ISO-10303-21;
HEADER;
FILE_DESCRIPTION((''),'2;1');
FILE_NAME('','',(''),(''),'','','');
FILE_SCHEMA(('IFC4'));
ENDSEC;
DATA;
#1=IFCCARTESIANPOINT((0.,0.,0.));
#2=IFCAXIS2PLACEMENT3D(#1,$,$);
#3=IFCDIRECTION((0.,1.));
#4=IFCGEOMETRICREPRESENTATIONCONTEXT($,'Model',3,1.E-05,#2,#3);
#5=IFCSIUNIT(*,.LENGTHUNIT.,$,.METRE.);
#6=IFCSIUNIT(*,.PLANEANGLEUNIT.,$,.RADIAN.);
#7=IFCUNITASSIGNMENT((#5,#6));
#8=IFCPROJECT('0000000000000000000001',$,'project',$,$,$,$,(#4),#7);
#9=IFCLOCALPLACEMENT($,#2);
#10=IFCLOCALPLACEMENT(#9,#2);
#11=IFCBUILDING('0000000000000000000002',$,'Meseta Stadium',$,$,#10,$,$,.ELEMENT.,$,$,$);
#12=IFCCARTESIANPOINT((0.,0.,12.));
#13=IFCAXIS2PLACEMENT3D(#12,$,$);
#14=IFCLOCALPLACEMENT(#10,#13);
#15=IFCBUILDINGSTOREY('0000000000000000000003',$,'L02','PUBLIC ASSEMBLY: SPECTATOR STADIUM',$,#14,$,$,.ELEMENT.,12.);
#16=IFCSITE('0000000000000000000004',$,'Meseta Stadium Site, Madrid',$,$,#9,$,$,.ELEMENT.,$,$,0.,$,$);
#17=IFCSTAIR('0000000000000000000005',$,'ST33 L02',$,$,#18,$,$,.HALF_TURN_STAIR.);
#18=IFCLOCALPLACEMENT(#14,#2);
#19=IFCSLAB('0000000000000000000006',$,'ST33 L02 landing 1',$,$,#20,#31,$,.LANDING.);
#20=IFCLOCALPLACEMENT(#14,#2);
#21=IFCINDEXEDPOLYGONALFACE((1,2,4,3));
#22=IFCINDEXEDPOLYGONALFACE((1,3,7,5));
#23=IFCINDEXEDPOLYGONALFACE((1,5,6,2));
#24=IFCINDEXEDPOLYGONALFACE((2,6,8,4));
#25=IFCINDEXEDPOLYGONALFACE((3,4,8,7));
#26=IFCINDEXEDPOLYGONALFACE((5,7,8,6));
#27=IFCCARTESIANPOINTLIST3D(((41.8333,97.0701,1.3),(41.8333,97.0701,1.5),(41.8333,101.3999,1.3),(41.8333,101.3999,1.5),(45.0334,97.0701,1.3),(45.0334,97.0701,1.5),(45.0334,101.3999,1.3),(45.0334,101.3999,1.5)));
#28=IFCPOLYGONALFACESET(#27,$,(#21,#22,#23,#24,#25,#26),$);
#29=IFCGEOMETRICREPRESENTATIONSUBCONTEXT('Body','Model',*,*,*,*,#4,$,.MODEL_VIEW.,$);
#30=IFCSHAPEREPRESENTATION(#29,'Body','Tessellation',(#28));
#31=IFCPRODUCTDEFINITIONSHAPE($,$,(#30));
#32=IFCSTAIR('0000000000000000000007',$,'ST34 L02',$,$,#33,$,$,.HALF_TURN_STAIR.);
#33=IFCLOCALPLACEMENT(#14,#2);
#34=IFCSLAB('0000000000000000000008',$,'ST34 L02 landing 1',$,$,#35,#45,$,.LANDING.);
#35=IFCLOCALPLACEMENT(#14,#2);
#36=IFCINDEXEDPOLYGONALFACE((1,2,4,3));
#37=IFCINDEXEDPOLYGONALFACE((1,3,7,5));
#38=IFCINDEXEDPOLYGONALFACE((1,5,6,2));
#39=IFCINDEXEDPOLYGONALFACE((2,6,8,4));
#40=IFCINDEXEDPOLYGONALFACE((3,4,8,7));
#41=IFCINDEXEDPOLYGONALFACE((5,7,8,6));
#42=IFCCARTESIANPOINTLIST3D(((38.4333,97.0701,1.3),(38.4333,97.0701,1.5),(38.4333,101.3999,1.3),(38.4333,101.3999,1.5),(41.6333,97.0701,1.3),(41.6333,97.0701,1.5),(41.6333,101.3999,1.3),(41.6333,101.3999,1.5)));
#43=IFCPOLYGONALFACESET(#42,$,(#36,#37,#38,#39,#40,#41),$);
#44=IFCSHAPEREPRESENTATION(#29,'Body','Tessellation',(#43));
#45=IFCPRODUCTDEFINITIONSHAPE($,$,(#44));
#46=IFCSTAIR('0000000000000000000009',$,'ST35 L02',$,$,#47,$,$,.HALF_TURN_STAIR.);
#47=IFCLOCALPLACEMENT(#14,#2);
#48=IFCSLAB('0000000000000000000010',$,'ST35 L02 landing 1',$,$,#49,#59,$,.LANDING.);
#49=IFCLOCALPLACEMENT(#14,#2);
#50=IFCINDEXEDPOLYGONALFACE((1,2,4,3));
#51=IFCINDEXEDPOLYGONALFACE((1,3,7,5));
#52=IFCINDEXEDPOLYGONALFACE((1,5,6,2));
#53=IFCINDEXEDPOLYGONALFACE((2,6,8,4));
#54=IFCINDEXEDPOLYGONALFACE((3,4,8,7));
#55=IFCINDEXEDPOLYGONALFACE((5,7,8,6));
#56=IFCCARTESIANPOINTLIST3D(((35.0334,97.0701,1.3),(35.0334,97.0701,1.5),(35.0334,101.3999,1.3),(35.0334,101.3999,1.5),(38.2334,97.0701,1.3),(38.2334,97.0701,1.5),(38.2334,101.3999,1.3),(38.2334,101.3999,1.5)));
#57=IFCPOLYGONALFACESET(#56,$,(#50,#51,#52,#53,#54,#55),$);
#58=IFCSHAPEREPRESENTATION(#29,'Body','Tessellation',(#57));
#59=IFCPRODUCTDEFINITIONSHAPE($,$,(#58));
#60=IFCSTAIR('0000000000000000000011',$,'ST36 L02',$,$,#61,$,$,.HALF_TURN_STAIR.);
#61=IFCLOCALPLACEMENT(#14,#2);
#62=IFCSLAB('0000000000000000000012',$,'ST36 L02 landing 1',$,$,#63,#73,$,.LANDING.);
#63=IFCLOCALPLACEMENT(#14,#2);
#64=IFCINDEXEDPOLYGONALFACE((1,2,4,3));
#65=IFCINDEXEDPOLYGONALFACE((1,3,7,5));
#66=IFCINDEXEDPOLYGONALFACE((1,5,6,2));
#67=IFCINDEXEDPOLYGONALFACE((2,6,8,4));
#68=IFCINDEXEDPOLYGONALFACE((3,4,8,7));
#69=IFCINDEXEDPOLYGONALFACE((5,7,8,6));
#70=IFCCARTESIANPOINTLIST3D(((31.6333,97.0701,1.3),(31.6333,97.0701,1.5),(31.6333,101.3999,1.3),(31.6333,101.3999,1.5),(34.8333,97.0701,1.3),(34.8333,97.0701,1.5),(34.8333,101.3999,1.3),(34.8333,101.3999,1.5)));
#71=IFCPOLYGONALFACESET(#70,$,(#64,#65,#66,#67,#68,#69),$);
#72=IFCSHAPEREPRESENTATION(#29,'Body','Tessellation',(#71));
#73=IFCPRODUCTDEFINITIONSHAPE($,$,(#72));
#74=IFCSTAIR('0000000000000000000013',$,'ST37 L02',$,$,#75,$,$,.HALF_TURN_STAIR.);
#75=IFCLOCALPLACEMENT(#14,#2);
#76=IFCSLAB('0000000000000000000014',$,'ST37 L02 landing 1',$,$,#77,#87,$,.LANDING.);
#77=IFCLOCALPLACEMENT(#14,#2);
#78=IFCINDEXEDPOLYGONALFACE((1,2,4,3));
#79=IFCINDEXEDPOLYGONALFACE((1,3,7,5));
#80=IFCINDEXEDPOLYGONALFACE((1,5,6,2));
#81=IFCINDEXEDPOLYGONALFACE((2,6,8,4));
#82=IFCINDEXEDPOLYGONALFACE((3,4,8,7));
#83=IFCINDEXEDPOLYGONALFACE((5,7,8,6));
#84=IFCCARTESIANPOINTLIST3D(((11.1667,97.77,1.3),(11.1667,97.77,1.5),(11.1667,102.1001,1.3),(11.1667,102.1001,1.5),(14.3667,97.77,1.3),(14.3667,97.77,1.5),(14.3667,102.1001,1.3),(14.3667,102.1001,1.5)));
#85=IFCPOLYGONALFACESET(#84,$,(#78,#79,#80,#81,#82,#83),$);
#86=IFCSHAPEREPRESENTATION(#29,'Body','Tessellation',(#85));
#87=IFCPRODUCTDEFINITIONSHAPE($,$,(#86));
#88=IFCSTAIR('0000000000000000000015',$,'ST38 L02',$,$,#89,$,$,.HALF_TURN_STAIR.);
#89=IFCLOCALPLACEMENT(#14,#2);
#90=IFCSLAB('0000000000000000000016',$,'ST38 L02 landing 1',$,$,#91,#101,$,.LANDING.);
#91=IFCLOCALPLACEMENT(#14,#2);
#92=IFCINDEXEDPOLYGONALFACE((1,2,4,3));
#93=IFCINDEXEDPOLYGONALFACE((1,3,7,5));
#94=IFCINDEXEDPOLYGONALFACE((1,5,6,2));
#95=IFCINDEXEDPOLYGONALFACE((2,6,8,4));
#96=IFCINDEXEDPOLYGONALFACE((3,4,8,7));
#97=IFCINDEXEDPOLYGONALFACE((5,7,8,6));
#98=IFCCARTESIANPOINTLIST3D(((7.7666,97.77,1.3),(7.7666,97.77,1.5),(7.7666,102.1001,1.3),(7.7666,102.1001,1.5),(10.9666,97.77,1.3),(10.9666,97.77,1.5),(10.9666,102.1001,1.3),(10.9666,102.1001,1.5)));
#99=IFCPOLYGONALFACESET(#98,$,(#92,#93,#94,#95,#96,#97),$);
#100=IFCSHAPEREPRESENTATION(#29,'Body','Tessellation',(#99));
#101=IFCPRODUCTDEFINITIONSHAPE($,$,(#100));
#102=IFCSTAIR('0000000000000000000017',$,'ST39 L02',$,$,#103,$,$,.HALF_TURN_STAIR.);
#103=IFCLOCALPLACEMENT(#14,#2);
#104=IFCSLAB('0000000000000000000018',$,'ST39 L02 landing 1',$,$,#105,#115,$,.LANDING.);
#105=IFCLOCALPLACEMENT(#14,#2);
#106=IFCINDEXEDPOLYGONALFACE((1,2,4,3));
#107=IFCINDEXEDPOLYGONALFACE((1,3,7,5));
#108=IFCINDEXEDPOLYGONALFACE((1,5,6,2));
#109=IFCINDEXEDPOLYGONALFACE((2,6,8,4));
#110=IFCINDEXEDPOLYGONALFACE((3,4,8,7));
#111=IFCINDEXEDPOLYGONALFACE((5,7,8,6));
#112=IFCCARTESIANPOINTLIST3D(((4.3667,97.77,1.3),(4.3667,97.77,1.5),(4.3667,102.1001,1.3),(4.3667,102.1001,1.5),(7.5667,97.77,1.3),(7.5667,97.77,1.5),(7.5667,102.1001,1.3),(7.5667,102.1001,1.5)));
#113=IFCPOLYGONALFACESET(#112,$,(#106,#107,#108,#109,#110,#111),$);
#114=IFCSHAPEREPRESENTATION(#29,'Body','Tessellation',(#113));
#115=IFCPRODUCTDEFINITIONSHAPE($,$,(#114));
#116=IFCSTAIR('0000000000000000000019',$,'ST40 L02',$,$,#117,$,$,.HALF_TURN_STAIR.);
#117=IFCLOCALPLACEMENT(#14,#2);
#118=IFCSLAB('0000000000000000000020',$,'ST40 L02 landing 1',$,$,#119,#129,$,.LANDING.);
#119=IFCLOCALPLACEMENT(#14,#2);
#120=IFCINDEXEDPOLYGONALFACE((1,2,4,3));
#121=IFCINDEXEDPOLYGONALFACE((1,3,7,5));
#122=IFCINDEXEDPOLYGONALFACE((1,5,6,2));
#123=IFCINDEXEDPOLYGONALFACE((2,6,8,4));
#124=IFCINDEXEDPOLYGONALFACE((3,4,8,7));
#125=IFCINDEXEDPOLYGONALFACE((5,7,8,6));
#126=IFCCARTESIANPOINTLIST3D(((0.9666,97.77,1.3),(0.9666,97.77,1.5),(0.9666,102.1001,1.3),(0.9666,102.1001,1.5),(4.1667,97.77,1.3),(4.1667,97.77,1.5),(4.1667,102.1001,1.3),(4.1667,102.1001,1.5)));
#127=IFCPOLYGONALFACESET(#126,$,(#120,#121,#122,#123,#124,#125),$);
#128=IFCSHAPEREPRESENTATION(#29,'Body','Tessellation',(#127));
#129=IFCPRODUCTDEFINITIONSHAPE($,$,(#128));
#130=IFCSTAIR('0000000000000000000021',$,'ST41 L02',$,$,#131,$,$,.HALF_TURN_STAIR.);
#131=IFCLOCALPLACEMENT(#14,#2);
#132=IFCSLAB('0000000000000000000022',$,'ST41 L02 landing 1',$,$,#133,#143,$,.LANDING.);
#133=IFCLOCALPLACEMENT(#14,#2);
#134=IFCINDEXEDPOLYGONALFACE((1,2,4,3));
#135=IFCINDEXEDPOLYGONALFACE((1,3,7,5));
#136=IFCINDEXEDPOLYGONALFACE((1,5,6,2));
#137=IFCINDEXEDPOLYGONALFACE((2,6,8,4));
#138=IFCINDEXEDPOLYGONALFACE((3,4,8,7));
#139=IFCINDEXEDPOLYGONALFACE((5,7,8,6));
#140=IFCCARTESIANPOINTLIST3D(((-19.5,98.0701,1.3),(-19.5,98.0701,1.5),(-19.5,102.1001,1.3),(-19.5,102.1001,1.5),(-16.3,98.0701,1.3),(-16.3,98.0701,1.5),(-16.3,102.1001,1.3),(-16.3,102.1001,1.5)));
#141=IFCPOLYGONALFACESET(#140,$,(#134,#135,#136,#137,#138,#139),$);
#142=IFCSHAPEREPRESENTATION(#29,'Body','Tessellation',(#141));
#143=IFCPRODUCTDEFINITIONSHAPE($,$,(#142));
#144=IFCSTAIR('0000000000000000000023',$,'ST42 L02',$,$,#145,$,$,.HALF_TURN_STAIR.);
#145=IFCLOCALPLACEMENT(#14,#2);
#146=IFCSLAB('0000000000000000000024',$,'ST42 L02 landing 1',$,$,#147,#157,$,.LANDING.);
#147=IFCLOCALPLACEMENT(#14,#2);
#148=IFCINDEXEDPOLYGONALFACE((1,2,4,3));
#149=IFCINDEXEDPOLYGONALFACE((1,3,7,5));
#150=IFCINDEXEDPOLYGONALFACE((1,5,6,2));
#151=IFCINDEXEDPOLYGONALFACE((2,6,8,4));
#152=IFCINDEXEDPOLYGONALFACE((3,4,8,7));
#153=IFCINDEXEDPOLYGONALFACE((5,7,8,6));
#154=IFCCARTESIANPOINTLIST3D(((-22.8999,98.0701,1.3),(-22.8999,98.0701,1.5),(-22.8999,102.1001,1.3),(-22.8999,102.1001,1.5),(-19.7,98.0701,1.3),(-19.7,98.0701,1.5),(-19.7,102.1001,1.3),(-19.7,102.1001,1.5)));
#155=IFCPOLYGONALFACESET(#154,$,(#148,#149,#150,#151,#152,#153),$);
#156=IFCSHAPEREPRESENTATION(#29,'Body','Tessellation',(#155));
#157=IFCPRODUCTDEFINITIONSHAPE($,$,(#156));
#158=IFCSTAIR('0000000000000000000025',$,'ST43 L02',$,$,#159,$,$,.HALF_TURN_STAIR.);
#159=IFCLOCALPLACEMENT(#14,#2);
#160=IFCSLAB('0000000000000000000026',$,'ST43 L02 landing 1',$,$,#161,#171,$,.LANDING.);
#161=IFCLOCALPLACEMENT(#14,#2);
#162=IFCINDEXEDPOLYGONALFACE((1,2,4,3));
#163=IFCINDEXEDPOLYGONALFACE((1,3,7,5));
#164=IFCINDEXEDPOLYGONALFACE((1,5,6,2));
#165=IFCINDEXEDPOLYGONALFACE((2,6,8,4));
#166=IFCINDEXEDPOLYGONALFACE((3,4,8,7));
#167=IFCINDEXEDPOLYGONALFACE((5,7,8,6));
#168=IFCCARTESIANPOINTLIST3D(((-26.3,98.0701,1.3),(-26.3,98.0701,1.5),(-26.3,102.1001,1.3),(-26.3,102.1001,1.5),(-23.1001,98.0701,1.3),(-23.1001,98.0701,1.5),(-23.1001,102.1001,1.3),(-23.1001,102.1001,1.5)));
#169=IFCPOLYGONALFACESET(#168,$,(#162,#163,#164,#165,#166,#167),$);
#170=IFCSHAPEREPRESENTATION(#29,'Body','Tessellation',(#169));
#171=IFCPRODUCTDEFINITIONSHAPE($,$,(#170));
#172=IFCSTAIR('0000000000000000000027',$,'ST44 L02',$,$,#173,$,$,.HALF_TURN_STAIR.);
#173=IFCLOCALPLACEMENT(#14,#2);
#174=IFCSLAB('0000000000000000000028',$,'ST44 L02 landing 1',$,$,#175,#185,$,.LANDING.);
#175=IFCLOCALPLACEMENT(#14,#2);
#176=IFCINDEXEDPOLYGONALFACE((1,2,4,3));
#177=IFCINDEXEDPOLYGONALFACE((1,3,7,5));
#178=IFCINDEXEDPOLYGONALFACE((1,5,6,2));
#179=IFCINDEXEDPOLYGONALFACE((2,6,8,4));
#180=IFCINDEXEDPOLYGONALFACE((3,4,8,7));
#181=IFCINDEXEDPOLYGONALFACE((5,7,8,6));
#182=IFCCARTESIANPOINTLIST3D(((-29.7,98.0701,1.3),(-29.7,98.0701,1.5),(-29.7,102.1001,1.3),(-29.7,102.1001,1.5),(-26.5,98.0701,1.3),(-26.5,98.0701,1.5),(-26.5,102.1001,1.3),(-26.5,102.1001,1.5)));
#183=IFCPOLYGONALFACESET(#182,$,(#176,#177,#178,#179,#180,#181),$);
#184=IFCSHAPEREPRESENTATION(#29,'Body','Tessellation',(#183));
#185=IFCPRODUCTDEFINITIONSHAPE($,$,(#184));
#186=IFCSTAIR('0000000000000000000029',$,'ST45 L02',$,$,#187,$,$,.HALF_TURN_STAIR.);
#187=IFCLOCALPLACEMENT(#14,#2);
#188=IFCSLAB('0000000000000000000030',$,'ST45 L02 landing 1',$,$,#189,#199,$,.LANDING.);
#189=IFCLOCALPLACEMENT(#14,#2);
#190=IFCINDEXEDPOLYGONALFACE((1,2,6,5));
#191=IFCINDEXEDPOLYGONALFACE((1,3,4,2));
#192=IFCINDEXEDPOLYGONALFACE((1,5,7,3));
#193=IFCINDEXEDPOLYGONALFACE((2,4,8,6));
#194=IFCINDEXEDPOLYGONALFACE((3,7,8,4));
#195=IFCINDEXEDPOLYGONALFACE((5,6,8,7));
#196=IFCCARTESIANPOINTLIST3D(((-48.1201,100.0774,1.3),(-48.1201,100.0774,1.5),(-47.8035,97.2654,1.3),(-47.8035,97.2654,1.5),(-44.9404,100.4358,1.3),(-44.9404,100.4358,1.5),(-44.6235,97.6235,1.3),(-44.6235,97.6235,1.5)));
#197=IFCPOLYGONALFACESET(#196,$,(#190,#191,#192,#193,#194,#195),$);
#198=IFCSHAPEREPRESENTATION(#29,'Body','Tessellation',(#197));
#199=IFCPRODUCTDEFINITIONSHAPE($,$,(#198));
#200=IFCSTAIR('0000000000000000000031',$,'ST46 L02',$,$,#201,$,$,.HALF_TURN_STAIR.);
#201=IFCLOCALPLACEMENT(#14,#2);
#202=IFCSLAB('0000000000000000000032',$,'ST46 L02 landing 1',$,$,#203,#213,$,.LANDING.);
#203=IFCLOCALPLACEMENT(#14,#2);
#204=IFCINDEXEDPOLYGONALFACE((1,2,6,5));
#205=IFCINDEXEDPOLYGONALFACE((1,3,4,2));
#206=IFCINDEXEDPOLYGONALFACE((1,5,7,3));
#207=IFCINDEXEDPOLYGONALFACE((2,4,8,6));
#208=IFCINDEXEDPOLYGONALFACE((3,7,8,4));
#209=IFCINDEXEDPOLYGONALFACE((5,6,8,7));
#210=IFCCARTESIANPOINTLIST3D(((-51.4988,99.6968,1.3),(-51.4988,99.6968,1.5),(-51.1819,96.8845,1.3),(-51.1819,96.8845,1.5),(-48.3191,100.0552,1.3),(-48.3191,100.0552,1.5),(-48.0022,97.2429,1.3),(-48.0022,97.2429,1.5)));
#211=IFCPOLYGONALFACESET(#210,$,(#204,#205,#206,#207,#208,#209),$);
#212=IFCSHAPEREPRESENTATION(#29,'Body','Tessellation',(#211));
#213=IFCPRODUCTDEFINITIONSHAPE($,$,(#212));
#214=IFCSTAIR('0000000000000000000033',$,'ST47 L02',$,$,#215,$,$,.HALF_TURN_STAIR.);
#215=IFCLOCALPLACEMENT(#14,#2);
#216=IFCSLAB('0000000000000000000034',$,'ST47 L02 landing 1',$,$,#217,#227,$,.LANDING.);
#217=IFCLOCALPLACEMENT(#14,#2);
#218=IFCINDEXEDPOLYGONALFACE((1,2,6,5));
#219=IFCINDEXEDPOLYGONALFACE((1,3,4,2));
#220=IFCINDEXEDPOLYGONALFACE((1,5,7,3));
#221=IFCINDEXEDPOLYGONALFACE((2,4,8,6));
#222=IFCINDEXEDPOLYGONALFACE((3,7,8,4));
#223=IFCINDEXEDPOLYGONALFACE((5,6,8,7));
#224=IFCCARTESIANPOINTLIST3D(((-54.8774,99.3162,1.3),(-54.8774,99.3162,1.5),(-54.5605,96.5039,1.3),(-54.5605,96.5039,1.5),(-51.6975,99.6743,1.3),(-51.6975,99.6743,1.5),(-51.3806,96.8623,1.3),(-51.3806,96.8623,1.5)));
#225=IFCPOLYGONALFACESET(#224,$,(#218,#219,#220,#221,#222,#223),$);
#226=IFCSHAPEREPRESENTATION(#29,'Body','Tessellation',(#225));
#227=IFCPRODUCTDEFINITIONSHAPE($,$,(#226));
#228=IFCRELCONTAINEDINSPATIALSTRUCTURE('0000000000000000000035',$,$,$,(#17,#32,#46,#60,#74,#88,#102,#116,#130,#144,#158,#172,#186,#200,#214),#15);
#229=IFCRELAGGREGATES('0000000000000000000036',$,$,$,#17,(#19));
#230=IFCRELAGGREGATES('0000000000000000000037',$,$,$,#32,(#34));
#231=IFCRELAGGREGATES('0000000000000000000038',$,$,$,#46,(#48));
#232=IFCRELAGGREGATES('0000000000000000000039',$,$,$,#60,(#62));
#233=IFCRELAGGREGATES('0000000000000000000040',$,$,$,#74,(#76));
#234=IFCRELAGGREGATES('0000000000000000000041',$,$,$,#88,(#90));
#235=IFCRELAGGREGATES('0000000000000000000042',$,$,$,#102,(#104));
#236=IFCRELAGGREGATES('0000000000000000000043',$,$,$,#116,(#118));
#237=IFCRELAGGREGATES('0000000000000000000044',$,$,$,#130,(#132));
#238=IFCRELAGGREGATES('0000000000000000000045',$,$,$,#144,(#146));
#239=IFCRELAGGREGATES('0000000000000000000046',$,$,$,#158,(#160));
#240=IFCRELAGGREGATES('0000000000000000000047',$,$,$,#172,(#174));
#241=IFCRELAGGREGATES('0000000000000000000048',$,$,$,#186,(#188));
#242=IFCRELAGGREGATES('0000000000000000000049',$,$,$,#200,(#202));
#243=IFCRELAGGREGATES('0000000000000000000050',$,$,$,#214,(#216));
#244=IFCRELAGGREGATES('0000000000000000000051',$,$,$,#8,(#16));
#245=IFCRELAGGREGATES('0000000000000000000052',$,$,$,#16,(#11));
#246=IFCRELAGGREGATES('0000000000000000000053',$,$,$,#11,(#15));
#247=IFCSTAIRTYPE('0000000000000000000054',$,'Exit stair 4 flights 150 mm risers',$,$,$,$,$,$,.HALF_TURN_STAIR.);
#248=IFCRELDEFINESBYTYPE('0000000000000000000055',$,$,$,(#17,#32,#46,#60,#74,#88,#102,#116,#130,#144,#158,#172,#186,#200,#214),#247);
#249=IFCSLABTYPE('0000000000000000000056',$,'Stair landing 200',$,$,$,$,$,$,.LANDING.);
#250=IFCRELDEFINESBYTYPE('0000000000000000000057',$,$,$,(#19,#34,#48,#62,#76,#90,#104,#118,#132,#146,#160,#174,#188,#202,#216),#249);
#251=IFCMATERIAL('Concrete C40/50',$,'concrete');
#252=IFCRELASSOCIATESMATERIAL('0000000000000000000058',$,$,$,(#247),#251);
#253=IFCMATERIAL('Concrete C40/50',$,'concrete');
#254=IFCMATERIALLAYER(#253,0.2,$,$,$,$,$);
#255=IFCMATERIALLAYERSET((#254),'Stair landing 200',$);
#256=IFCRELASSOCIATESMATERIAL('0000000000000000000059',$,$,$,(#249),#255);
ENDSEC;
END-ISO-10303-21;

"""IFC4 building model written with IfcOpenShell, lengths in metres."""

from ifc_helpers import new_model, si_unit, direction, frame, origin, place, context, subcontext, project, spatial, polyline, outline, extrude, material, layer, layer_set, type_object, element, aggregate, save


model = new_model("IFC4")

# Units and contexts
model_context = context("Model", 3, precision=1e-05, world=origin(), true_north=direction((0.0, 1.0)))
body_context = subcontext(model_context, "Body", "Model", "MODEL_VIEW")
ifc_project = project(units=[si_unit("LENGTHUNIT", "METRE"), si_unit("PLANEANGLEUNIT", "RADIAN")], contexts=[model_context])

# Site, building, storey
site_placement = place(None, origin())
site = spatial("IfcSite", under=ifc_project, at=site_placement, Name="Meseta Stadium Site, Madrid", CompositionType="ELEMENT", RefElevation=0.0)
building_placement = place(site_placement, origin())
building = spatial("IfcBuilding", under=site, at=building_placement, Name="Meseta Stadium", CompositionType="ELEMENT")
storey_placement = place(building_placement, frame((0.0, 0.0, 12.0)))
storey = spatial("IfcBuildingStorey", under=building, at=storey_placement, Name="L02", Description="PUBLIC ASSEMBLY: SPECTATOR STADIUM", CompositionType="ELEMENT", Elevation=12.0)

# Stairs, slabs
ifc_material_1 = material(Name="Concrete C40/50", Category="concrete")
stair_type = type_object("IfcStairType", Name="Exit stair 4 flights 150 mm risers", PredefinedType="HALF_TURN_STAIR", material=ifc_material_1)
stair_1_placement = place(storey_placement, origin())
stair_1 = element("IfcStair", 1, at=stair_1_placement, inside=storey, type_object=stair_type, Name="ST33 L02", PredefinedType="HALF_TURN_STAIR")
ifc_material_2 = material(Name="Concrete C40/50", Category="concrete")
ifc_layer = layer(ifc_material_2, 0.2)
ifc_layer_set = layer_set([ifc_layer], Name="Stair landing 200")
slab_type = type_object("IfcSlabType", Name="Stair landing 200", PredefinedType="LANDING", material=ifc_layer_set)
slab_1_placement = place(storey_placement, frame((0.0, 0.0, 1.3)))
slab_1 = element("IfcSlab", 2, at=slab_1_placement, type_object=slab_type, Name="ST33 L02 landing 1", PredefinedType="LANDING", context=body_context, shape_type="SweptSolid", body=[
    extrude(outline(polyline([(45.0334, 97.0701), (45.0334, 101.3999), (41.8333, 101.3999), (41.8333, 97.0701), (45.0334, 97.0701)])), origin(), (0.0, 0.0, 1.0), 0.2),
])
aggregate(stair_1, [slab_1])
stair_2_placement = place(storey_placement, origin())
stair_2 = element("IfcStair", 3, at=stair_2_placement, inside=storey, type_object=stair_type, Name="ST34 L02", PredefinedType="HALF_TURN_STAIR")
slab_2_placement = place(storey_placement, frame((0.0, 0.0, 1.3)))
slab_2 = element("IfcSlab", 4, at=slab_2_placement, type_object=slab_type, Name="ST34 L02 landing 1", PredefinedType="LANDING", context=body_context, shape_type="SweptSolid", body=[
    extrude(outline(polyline([(41.6333, 97.0701), (41.6333, 101.3999), (38.4333, 101.3999), (38.4333, 97.0701), (41.6333, 97.0701)])), origin(), (0.0, 0.0, 1.0), 0.2),
])
aggregate(stair_2, [slab_2])
stair_3_placement = place(storey_placement, origin())
stair_3 = element("IfcStair", 5, at=stair_3_placement, inside=storey, type_object=stair_type, Name="ST35 L02", PredefinedType="HALF_TURN_STAIR")
slab_3_placement = place(storey_placement, frame((0.0, 0.0, 1.3)))
slab_3 = element("IfcSlab", 6, at=slab_3_placement, type_object=slab_type, Name="ST35 L02 landing 1", PredefinedType="LANDING", context=body_context, shape_type="SweptSolid", body=[
    extrude(outline(polyline([(38.2334, 97.0701), (38.2334, 101.3999), (35.0334, 101.3999), (35.0334, 97.0701), (38.2334, 97.0701)])), origin(), (0.0, 0.0, 1.0), 0.2),
])
aggregate(stair_3, [slab_3])
stair_4_placement = place(storey_placement, origin())
stair_4 = element("IfcStair", 7, at=stair_4_placement, inside=storey, type_object=stair_type, Name="ST36 L02", PredefinedType="HALF_TURN_STAIR")
slab_4_placement = place(storey_placement, frame((0.0, 0.0, 1.3)))
slab_4 = element("IfcSlab", 8, at=slab_4_placement, type_object=slab_type, Name="ST36 L02 landing 1", PredefinedType="LANDING", context=body_context, shape_type="SweptSolid", body=[
    extrude(outline(polyline([(34.8333, 97.0701), (34.8333, 101.3999), (31.6333, 101.3999), (31.6333, 97.0701), (34.8333, 97.0701)])), origin(), (0.0, 0.0, 1.0), 0.2),
])
aggregate(stair_4, [slab_4])
stair_5_placement = place(storey_placement, origin())
stair_5 = element("IfcStair", 9, at=stair_5_placement, inside=storey, type_object=stair_type, Name="ST37 L02", PredefinedType="HALF_TURN_STAIR")
slab_5_placement = place(storey_placement, frame((0.0, 0.0, 1.3)))
slab_5 = element("IfcSlab", 10, at=slab_5_placement, type_object=slab_type, Name="ST37 L02 landing 1", PredefinedType="LANDING", context=body_context, shape_type="SweptSolid", body=[
    extrude(outline(polyline([(14.3667, 97.77), (14.3667, 102.1001), (11.1667, 102.1001), (11.1667, 97.77), (14.3667, 97.77)])), origin(), (0.0, 0.0, 1.0), 0.2),
])
aggregate(stair_5, [slab_5])
stair_6_placement = place(storey_placement, origin())
stair_6 = element("IfcStair", 11, at=stair_6_placement, inside=storey, type_object=stair_type, Name="ST38 L02", PredefinedType="HALF_TURN_STAIR")
slab_6_placement = place(storey_placement, frame((0.0, 0.0, 1.3)))
slab_6 = element("IfcSlab", 12, at=slab_6_placement, type_object=slab_type, Name="ST38 L02 landing 1", PredefinedType="LANDING", context=body_context, shape_type="SweptSolid", body=[
    extrude(outline(polyline([(10.9666, 97.77), (10.9666, 102.1001), (7.7666, 102.1001), (7.7666, 97.77), (10.9666, 97.77)])), origin(), (0.0, 0.0, 1.0), 0.2),
])
aggregate(stair_6, [slab_6])
stair_7_placement = place(storey_placement, origin())
stair_7 = element("IfcStair", 13, at=stair_7_placement, inside=storey, type_object=stair_type, Name="ST39 L02", PredefinedType="HALF_TURN_STAIR")
slab_7_placement = place(storey_placement, frame((0.0, 0.0, 1.3)))
slab_7 = element("IfcSlab", 14, at=slab_7_placement, type_object=slab_type, Name="ST39 L02 landing 1", PredefinedType="LANDING", context=body_context, shape_type="SweptSolid", body=[
    extrude(outline(polyline([(7.5667, 97.77), (7.5667, 102.1001), (4.3667, 102.1001), (4.3667, 97.77), (7.5667, 97.77)])), origin(), (0.0, 0.0, 1.0), 0.2),
])
aggregate(stair_7, [slab_7])
stair_8_placement = place(storey_placement, origin())
stair_8 = element("IfcStair", 15, at=stair_8_placement, inside=storey, type_object=stair_type, Name="ST40 L02", PredefinedType="HALF_TURN_STAIR")
slab_8_placement = place(storey_placement, frame((0.0, 0.0, 1.3)))
slab_8 = element("IfcSlab", 16, at=slab_8_placement, type_object=slab_type, Name="ST40 L02 landing 1", PredefinedType="LANDING", context=body_context, shape_type="SweptSolid", body=[
    extrude(outline(polyline([(4.1667, 97.77), (4.1667, 102.1001), (0.9666, 102.1001), (0.9666, 97.77), (4.1667, 97.77)])), origin(), (0.0, 0.0, 1.0), 0.2),
])
aggregate(stair_8, [slab_8])
stair_9_placement = place(storey_placement, origin())
stair_9 = element("IfcStair", 17, at=stair_9_placement, inside=storey, type_object=stair_type, Name="ST41 L02", PredefinedType="HALF_TURN_STAIR")
slab_9_placement = place(storey_placement, frame((0.0, 0.0, 1.3)))
slab_9 = element("IfcSlab", 18, at=slab_9_placement, type_object=slab_type, Name="ST41 L02 landing 1", PredefinedType="LANDING", context=body_context, shape_type="SweptSolid", body=[
    extrude(outline(polyline([(-16.3, 98.0701), (-16.3, 102.1001), (-19.5, 102.1001), (-19.5, 98.0701), (-16.3, 98.0701)])), origin(), (0.0, 0.0, 1.0), 0.2),
])
aggregate(stair_9, [slab_9])
stair_10_placement = place(storey_placement, origin())
stair_10 = element("IfcStair", 19, at=stair_10_placement, inside=storey, type_object=stair_type, Name="ST42 L02", PredefinedType="HALF_TURN_STAIR")
slab_10_placement = place(storey_placement, frame((0.0, 0.0, 1.3)))
slab_10 = element("IfcSlab", 20, at=slab_10_placement, type_object=slab_type, Name="ST42 L02 landing 1", PredefinedType="LANDING", context=body_context, shape_type="SweptSolid", body=[
    extrude(outline(polyline([(-19.7, 98.0701), (-19.7, 102.1001), (-22.8999, 102.1001), (-22.8999, 98.0701), (-19.7, 98.0701)])), origin(), (0.0, 0.0, 1.0), 0.2),
])
aggregate(stair_10, [slab_10])
stair_11_placement = place(storey_placement, origin())
stair_11 = element("IfcStair", 21, at=stair_11_placement, inside=storey, type_object=stair_type, Name="ST43 L02", PredefinedType="HALF_TURN_STAIR")
slab_11_placement = place(storey_placement, frame((0.0, 0.0, 1.3)))
slab_11 = element("IfcSlab", 22, at=slab_11_placement, type_object=slab_type, Name="ST43 L02 landing 1", PredefinedType="LANDING", context=body_context, shape_type="SweptSolid", body=[
    extrude(outline(polyline([(-23.1001, 98.0701), (-23.1001, 102.1001), (-26.3, 102.1001), (-26.3, 98.0701), (-23.1001, 98.0701)])), origin(), (0.0, 0.0, 1.0), 0.2),
])
aggregate(stair_11, [slab_11])
stair_12_placement = place(storey_placement, origin())
stair_12 = element("IfcStair", 23, at=stair_12_placement, inside=storey, type_object=stair_type, Name="ST44 L02", PredefinedType="HALF_TURN_STAIR")
slab_12_placement = place(storey_placement, frame((0.0, 0.0, 1.3)))
slab_12 = element("IfcSlab", 24, at=slab_12_placement, type_object=slab_type, Name="ST44 L02 landing 1", PredefinedType="LANDING", context=body_context, shape_type="SweptSolid", body=[
    extrude(outline(polyline([(-26.5, 98.0701), (-26.5, 102.1001), (-29.7, 102.1001), (-29.7, 98.0701), (-26.5, 98.0701)])), origin(), (0.0, 0.0, 1.0), 0.2),
])
aggregate(stair_12, [slab_12])
stair_13_placement = place(storey_placement, origin())
stair_13 = element("IfcStair", 25, at=stair_13_placement, inside=storey, type_object=stair_type, Name="ST45 L02", PredefinedType="HALF_TURN_STAIR")
slab_13_placement = place(storey_placement, frame((0.0, 0.0, 1.3)))
slab_13 = element("IfcSlab", 26, at=slab_13_placement, type_object=slab_type, Name="ST45 L02 landing 1", PredefinedType="LANDING", context=body_context, shape_type="SweptSolid", body=[
    extrude(outline(polyline([(-44.6235, 97.6235), (-44.9404, 100.4358), (-48.1201, 100.0774), (-47.8035, 97.2654), (-44.6235, 97.6235)])), origin(), (0.0, 0.0, 1.0), 0.2),
])
aggregate(stair_13, [slab_13])
stair_14_placement = place(storey_placement, origin())
stair_14 = element("IfcStair", 27, at=stair_14_placement, inside=storey, type_object=stair_type, Name="ST46 L02", PredefinedType="HALF_TURN_STAIR")
slab_14_placement = place(storey_placement, frame((0.0, 0.0, 1.3)))
slab_14 = element("IfcSlab", 28, at=slab_14_placement, type_object=slab_type, Name="ST46 L02 landing 1", PredefinedType="LANDING", context=body_context, shape_type="SweptSolid", body=[
    extrude(outline(polyline([(-48.0022, 97.2429), (-48.3191, 100.0552), (-51.4988, 99.6968), (-51.1819, 96.8845), (-48.0022, 97.2429)])), origin(), (0.0, 0.0, 1.0), 0.2),
])
aggregate(stair_14, [slab_14])
stair_15_placement = place(storey_placement, origin())
stair_15 = element("IfcStair", 29, at=stair_15_placement, inside=storey, type_object=stair_type, Name="ST47 L02", PredefinedType="HALF_TURN_STAIR")
slab_15_placement = place(storey_placement, frame((0.0, 0.0, 1.3)))
slab_15 = element("IfcSlab", 30, at=slab_15_placement, type_object=slab_type, Name="ST47 L02 landing 1", PredefinedType="LANDING", context=body_context, shape_type="SweptSolid", body=[
    extrude(outline(polyline([(-51.3806, 96.8623), (-51.6975, 99.6743), (-54.8774, 99.3162), (-54.5605, 96.5039), (-51.3806, 96.8623)])), origin(), (0.0, 0.0, 1.0), 0.2),
])
aggregate(stair_15, [slab_15])

save(model, "model.ifc")
